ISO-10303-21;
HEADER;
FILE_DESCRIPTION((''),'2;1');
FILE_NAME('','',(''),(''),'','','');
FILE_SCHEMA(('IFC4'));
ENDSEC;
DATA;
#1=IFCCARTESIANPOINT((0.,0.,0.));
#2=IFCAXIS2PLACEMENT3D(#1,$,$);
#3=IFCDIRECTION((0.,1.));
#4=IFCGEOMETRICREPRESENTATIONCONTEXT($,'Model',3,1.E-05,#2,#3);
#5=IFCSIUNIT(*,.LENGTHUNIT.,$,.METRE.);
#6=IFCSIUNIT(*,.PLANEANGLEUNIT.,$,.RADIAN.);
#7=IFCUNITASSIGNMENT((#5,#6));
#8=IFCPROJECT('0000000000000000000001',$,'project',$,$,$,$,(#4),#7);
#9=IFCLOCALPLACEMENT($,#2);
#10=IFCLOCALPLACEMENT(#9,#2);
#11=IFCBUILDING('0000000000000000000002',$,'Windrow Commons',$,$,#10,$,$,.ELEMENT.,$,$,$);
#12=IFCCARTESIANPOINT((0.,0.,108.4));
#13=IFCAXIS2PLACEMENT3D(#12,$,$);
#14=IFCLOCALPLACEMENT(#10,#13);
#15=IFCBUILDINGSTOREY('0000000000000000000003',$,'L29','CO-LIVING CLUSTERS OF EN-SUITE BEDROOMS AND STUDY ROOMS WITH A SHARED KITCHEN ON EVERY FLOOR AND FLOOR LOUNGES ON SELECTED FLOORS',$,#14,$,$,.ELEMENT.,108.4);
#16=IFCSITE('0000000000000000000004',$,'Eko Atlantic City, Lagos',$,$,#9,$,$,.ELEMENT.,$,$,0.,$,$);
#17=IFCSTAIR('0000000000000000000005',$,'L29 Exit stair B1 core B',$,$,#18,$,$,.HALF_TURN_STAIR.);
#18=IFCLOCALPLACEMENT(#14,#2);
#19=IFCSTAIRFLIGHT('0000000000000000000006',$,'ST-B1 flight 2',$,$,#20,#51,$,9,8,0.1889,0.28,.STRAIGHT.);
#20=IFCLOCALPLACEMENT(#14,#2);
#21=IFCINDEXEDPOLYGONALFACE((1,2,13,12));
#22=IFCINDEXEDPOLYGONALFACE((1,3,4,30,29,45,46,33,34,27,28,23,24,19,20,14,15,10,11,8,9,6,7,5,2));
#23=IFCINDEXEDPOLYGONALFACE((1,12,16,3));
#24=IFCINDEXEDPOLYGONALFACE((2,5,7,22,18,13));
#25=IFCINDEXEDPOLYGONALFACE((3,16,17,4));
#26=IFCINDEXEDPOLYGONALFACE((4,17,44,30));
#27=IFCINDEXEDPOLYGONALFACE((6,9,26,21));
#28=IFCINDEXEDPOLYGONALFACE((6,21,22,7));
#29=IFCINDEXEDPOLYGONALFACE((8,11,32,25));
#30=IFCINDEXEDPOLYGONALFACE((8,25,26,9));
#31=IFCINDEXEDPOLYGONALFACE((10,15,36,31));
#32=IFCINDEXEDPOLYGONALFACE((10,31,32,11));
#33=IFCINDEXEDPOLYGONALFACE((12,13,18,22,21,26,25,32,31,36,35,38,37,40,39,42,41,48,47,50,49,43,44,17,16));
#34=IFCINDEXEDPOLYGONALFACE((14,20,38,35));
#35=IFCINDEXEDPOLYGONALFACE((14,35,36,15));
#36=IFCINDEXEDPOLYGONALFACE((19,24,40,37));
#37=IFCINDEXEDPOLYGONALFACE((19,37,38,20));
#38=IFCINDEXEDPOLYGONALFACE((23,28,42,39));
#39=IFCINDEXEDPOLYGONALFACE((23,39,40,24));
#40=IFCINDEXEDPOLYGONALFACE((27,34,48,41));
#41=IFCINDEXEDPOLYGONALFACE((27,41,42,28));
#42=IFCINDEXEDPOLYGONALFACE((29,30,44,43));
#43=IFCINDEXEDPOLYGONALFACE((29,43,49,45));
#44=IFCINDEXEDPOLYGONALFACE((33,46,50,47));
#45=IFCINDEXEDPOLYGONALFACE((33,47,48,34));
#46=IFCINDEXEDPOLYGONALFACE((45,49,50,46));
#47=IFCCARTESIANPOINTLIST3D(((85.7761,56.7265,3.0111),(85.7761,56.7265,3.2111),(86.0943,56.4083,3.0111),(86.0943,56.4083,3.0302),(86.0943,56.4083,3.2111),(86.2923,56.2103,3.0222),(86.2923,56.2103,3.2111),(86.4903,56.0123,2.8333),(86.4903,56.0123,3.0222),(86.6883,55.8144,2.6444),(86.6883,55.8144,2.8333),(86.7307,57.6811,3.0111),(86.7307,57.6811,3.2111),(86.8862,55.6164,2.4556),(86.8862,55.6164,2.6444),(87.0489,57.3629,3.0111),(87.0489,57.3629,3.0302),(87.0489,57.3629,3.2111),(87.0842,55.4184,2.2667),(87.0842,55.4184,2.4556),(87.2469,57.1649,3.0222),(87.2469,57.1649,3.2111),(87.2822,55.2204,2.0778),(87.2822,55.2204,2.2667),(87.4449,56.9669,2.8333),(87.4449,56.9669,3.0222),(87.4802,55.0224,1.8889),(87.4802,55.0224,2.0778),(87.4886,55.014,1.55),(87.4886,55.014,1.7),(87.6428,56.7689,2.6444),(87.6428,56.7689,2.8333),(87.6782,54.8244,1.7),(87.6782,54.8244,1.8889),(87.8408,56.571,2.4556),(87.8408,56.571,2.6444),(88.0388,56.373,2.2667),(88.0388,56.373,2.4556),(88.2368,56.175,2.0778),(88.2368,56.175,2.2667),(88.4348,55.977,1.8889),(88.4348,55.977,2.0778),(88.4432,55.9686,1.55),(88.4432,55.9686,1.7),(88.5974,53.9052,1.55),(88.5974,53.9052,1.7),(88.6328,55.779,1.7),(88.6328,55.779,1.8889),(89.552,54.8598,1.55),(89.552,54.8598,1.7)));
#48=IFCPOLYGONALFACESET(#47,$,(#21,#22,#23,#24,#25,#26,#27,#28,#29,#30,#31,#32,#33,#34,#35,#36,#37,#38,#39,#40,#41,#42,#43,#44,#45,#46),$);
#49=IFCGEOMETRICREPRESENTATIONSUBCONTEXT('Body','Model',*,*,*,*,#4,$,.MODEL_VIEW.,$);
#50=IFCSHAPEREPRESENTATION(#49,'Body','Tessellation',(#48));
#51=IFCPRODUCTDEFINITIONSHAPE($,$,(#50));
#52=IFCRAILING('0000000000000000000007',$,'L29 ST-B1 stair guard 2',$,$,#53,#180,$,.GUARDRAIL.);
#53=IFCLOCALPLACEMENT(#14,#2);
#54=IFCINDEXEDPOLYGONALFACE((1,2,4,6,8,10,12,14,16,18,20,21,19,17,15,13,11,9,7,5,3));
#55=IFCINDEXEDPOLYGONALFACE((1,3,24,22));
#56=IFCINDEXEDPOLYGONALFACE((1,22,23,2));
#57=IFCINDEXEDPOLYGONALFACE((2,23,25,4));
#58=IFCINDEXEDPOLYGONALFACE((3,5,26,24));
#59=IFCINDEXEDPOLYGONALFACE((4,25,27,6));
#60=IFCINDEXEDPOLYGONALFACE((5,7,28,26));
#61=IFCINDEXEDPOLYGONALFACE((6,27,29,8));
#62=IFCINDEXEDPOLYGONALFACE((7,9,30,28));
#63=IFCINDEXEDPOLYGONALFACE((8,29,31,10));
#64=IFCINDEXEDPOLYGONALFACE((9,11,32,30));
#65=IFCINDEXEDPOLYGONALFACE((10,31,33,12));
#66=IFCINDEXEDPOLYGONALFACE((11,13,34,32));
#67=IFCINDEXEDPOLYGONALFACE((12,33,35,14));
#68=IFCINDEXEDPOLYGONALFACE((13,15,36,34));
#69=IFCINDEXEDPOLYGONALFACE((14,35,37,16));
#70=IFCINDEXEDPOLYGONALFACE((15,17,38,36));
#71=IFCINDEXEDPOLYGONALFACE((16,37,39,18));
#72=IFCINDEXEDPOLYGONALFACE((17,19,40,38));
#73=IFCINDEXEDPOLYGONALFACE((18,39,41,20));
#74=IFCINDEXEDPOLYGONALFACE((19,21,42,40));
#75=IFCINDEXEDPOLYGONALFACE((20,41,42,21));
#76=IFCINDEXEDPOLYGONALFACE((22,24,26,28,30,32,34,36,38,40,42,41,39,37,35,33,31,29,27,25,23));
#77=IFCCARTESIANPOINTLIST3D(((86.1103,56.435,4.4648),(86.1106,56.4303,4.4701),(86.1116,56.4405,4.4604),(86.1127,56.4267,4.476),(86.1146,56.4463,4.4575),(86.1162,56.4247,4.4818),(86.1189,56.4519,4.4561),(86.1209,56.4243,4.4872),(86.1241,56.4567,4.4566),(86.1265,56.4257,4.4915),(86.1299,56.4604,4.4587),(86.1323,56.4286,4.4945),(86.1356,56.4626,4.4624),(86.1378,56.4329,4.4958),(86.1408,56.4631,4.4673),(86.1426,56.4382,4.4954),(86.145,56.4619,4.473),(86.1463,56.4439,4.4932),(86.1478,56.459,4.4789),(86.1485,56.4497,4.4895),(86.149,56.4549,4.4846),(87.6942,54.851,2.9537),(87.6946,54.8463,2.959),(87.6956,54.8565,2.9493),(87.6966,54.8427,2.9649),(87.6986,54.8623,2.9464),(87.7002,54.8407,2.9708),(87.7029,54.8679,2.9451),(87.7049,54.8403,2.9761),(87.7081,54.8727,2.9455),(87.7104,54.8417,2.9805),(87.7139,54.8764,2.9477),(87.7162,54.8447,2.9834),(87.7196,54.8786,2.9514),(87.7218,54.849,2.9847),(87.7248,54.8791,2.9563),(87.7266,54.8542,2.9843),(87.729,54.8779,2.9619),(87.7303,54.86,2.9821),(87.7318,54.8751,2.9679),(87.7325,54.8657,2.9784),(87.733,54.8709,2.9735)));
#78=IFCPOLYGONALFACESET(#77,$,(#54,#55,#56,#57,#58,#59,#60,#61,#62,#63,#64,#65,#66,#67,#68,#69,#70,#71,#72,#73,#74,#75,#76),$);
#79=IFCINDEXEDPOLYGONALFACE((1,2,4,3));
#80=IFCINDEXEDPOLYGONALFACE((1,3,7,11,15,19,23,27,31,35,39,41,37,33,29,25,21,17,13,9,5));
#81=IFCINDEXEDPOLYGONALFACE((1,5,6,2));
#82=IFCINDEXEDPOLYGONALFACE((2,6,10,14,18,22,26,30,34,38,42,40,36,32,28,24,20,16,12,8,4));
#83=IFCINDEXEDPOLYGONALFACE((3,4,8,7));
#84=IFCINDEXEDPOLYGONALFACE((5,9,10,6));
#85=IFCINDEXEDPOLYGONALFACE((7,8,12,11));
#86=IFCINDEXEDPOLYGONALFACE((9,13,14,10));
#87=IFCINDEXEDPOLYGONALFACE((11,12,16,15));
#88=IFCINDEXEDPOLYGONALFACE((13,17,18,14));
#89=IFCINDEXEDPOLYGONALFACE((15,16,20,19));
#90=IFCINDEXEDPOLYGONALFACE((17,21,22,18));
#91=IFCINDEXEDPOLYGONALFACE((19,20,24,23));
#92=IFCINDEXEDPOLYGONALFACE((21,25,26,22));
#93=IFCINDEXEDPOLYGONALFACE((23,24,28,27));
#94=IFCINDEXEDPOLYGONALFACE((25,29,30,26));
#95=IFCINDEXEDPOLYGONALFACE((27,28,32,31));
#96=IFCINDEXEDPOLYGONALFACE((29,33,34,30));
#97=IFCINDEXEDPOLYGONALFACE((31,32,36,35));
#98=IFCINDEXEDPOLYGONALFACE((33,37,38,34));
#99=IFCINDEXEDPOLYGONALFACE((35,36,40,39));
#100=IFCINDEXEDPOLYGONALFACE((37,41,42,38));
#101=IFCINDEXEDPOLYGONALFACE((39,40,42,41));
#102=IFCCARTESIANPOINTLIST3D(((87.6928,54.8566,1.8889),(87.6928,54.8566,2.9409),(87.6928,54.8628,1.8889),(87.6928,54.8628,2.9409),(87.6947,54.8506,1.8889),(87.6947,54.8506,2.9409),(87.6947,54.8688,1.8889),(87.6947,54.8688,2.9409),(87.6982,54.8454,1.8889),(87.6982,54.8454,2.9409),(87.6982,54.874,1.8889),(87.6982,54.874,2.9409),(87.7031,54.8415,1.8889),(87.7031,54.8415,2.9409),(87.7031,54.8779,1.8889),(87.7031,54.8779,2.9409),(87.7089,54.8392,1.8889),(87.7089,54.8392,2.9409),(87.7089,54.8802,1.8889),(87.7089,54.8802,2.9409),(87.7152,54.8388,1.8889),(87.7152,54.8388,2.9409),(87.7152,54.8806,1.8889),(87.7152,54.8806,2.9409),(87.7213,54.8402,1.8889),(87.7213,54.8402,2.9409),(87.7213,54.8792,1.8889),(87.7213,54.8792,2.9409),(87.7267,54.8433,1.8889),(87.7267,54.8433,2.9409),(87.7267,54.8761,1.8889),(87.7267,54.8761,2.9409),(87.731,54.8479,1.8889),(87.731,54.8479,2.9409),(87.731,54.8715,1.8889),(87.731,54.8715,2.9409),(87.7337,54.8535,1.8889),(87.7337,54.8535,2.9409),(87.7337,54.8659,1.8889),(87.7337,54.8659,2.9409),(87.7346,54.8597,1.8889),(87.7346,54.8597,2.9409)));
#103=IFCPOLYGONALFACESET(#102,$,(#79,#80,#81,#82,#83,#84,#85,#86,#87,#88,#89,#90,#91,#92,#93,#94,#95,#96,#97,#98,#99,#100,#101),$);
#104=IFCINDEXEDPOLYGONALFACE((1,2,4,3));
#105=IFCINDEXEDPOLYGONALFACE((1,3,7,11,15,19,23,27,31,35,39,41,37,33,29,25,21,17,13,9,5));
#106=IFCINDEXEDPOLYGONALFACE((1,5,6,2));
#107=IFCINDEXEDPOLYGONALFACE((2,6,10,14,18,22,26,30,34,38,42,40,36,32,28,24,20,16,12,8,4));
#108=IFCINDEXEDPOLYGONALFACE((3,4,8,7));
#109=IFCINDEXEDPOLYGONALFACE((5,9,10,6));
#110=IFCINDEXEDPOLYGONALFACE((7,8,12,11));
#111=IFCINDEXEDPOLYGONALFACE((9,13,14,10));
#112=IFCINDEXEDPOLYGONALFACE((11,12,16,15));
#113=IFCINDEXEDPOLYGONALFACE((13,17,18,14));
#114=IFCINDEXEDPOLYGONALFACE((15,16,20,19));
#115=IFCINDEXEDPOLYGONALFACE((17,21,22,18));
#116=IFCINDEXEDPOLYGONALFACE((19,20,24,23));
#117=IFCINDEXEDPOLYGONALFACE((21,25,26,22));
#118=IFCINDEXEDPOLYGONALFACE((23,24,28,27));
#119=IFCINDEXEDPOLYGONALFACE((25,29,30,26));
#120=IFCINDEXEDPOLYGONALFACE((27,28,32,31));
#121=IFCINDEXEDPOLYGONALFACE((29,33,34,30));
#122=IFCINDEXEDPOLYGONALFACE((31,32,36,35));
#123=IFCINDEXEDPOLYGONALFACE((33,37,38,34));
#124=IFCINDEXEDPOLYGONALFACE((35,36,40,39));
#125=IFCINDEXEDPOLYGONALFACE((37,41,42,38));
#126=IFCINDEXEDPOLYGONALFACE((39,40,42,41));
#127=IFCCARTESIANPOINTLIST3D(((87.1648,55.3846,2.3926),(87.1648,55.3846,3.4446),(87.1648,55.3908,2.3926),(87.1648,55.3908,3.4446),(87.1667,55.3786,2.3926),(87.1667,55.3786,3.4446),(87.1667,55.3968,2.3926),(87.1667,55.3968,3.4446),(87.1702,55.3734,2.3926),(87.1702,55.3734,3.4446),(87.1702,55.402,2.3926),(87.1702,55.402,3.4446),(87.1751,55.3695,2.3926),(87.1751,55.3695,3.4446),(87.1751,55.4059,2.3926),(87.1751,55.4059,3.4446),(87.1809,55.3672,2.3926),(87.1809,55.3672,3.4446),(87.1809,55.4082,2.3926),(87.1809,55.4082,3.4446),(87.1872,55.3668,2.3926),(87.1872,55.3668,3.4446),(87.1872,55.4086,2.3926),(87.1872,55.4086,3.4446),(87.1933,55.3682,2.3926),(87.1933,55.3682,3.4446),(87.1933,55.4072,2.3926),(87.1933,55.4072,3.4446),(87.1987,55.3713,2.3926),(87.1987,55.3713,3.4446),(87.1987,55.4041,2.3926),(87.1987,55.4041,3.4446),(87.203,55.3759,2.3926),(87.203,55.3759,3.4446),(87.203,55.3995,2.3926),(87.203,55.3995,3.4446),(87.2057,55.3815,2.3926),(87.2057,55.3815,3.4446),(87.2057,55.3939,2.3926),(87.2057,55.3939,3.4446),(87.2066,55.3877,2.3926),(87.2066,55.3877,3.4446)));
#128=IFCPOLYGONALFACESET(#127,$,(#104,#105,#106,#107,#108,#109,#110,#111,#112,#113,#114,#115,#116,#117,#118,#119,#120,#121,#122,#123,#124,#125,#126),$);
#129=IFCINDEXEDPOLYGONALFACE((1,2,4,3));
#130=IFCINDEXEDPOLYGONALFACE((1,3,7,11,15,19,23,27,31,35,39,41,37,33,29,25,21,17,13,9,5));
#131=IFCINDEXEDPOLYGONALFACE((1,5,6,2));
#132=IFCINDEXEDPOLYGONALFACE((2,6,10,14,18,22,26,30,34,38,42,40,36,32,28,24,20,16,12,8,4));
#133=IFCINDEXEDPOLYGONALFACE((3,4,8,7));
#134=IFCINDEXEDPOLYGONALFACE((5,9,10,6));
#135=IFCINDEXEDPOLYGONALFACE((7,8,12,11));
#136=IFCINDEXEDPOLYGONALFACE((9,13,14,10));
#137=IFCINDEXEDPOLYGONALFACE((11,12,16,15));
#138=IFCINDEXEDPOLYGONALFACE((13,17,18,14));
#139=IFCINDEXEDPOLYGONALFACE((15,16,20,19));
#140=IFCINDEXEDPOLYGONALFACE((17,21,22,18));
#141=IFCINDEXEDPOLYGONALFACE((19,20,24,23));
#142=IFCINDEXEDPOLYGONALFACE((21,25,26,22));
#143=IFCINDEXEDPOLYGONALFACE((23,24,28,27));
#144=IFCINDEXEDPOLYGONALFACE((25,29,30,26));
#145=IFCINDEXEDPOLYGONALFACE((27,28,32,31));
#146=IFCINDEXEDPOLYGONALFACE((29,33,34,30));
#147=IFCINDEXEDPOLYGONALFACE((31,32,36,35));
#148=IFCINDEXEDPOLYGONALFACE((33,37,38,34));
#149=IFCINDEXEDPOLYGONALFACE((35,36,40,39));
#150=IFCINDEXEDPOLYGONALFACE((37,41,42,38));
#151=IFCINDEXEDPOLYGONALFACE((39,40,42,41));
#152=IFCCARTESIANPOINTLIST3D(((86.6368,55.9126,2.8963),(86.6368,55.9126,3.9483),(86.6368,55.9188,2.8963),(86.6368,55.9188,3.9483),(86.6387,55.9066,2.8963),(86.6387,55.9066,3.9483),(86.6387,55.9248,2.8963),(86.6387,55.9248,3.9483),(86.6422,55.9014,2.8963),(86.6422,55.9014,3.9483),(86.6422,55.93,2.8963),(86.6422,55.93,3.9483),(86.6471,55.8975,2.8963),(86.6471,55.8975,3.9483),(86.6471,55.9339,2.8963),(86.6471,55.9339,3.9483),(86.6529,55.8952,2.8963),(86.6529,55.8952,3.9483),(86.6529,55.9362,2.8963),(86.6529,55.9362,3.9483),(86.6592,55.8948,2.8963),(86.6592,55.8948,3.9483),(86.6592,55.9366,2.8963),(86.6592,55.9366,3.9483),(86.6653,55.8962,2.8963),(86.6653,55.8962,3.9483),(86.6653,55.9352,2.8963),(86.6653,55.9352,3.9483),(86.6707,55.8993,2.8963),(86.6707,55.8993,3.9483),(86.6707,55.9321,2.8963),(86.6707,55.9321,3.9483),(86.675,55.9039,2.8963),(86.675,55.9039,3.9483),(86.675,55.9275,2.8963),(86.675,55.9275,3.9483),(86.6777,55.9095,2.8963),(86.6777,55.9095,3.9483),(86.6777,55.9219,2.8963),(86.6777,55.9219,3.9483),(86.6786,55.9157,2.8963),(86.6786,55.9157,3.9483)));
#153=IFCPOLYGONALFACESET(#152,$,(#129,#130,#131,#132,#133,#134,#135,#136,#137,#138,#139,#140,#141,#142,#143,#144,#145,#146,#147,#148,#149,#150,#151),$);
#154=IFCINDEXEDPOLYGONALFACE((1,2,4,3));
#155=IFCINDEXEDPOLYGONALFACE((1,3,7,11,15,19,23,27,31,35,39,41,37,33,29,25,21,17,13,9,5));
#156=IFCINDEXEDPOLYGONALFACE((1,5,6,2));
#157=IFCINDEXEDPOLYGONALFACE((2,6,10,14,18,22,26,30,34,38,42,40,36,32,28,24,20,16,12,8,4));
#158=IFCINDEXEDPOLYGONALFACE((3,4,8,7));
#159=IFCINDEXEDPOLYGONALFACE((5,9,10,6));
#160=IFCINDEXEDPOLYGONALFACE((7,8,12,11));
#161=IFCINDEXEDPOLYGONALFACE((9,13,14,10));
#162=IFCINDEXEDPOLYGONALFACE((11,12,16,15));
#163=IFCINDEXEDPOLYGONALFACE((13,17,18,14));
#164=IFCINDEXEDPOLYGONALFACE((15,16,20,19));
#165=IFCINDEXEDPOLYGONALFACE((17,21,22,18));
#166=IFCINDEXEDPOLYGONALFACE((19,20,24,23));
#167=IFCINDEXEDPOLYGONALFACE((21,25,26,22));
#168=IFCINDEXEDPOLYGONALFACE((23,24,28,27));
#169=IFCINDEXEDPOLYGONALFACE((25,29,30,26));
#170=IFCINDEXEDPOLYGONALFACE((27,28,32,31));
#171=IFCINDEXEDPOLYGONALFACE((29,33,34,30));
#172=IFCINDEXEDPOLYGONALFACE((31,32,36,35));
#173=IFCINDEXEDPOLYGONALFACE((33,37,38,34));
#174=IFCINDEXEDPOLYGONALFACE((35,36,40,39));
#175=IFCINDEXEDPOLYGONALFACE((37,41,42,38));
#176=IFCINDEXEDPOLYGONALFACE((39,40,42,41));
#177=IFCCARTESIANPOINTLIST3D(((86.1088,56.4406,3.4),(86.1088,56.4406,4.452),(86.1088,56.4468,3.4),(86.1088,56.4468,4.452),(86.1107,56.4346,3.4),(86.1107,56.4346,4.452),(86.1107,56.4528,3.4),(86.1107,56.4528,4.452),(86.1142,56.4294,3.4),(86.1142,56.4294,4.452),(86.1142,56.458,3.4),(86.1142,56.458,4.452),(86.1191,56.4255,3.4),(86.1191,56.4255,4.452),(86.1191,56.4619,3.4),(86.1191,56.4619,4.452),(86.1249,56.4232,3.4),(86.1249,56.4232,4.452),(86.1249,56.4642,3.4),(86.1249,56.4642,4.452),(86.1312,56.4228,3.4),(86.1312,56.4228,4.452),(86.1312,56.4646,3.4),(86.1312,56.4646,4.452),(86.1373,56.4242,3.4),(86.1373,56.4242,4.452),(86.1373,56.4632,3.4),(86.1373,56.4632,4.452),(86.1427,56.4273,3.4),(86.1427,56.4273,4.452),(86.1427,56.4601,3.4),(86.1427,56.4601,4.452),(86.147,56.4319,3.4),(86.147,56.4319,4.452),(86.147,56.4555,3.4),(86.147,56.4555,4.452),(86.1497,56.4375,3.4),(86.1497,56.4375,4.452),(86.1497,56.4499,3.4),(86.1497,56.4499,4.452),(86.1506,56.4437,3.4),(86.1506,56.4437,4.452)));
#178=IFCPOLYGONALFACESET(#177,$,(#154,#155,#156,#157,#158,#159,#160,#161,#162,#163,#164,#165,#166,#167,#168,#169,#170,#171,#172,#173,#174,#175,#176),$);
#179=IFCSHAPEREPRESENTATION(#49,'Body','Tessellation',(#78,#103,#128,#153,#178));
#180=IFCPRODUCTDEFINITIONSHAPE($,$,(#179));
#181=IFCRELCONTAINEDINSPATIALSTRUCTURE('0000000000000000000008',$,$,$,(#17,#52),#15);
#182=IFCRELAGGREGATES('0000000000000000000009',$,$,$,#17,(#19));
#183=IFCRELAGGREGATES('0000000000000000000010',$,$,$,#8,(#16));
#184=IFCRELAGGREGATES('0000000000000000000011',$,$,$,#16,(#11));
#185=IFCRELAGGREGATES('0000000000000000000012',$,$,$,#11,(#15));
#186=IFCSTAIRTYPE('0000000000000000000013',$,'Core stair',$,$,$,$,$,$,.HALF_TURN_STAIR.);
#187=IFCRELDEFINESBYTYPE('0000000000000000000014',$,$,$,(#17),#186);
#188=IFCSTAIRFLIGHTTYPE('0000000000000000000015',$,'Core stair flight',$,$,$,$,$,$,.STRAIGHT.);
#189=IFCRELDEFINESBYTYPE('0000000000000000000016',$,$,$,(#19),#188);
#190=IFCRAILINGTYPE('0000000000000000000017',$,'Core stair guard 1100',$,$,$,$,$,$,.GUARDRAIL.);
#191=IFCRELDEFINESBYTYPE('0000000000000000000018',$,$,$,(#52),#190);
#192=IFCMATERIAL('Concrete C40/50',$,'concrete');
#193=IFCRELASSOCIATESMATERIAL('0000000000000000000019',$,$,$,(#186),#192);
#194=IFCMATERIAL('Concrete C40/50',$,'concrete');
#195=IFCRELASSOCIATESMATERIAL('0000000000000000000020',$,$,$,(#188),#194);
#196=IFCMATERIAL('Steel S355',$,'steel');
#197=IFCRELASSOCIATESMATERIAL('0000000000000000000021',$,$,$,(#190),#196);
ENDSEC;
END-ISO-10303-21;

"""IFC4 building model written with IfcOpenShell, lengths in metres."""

from ifc_helpers import new_model, si_unit, direction, frame, origin, origin_2d, place, context, subcontext, project, spatial, polyline, circle, outline, extrude, material, type_object, element, aggregate, save


model = new_model("IFC4")

# Units and contexts
model_context = context("Model", 3, precision=1e-05, world=origin(), true_north=direction((0.0, 1.0)))
body_context = subcontext(model_context, "Body", "Model", "MODEL_VIEW")
ifc_project = project(units=[si_unit("LENGTHUNIT", "METRE"), si_unit("PLANEANGLEUNIT", "RADIAN")], contexts=[model_context])

# Site, building, storey
site_placement = place(None, origin())
site = spatial("IfcSite", under=ifc_project, at=site_placement, Name="Eko Atlantic City, Lagos", CompositionType="ELEMENT", RefElevation=0.0)
building_placement = place(site_placement, origin())
building = spatial("IfcBuilding", under=site, at=building_placement, Name="Windrow Commons", CompositionType="ELEMENT")
storey_placement = place(building_placement, frame((0.0, 0.0, 108.4)))
storey = spatial("IfcBuildingStorey", under=building, at=storey_placement, Name="L29", Description="CO-LIVING CLUSTERS OF EN-SUITE BEDROOMS AND STUDY ROOMS WITH A SHARED KITCHEN ON EVERY FLOOR AND FLOOR LOUNGES ON SELECTED FLOORS", CompositionType="ELEMENT", Elevation=108.4)

# Stair, stair flight
ifc_material_1 = material(Name="Concrete C40/50", Category="concrete")
stair_type = type_object("IfcStairType", Name="Core stair", PredefinedType="HALF_TURN_STAIR", material=ifc_material_1)
stair_placement = place(storey_placement, origin())
stair = element("IfcStair", 1, at=stair_placement, inside=storey, type_object=stair_type, Name="L29 Exit stair B1 core B", PredefinedType="HALF_TURN_STAIR")
ifc_material_2 = material(Name="Concrete C40/50", Category="concrete")
stair_flight_type = type_object("IfcStairFlightType", Name="Core stair flight", PredefinedType="STRAIGHT", material=ifc_material_2)
stair_flight_placement = place(storey_placement, frame((88.1555, 55.3017, 1.7), z_axis=(0.0, 0.0, 1.0), x_axis=(-0.707107, 0.707107, 0.0)))
stair_flight = element("IfcStairFlight", 2, at=stair_flight_placement, type_object=stair_flight_type, Name="ST-B1 flight 2", NumberOfRisers=9, NumberOfTreads=8, PredefinedType="STRAIGHT", RiserHeight=0.1889, TreadLength=0.28, context=body_context, shape_type="SweptSolid", body=[
    extrude(outline(polyline([(-1.3, -0.15), (-1.3, 0.0), (0.0, 0.0), (0.0, 0.1889), (0.28, 0.1889), (0.28, 0.3778), (0.56, 0.3778), (0.56, 0.5667), (0.84, 0.5667), (0.84, 0.7556), (1.12, 0.7556), (1.12, 0.9444), (1.4, 0.9444), (1.4, 1.1333), (1.68, 1.1333), (1.68, 1.3222), (1.96, 1.3222), (1.96, 1.5111), (2.24, 1.5111), (2.69, 1.5111), (2.69, 1.3111), (2.24, 1.3111), (2.24, 1.3302), (0.2682, 0.0), (0.2682, -0.15), (-1.3, -0.15)])), frame((0.0, 0.675, 0.0), z_axis=(0.0, -1.0, 0.0), x_axis=(1.0, 0.0, 0.0)), (0.0, 0.0, 1.0), 1.35),
])
aggregate(stair, [stair_flight])

# Railing
ifc_material_3 = material(Name="Steel S355", Category="steel")
railing_type_1 = type_object("IfcRailingType", Name="Core stair guard 1100", PredefinedType="GUARDRAIL", material=ifc_material_3)
railing_1_placement = place(storey_placement, frame((87.7136, 54.8597, 1.8889)))
element("IfcRailing", 3, at=railing_1_placement, inside=storey, type_object=railing_type_1, Name="L29 ST-B1 stair guard 2", PredefinedType="GUARDRAIL", context=body_context, shape_type="SweptSolid", body=[
    extrude(circle(Radius=0.024, at=origin_2d()), frame((0.0, 0.0, 1.076), z_axis=(-0.586203, 0.586203, 0.559224), x_axis=(-0.707107, -0.707107, 0.0)), (0.0, 0.0, 1.0), 2.7021),
    extrude(circle(Radius=0.021, at=origin_2d()), origin(), (0.0, 0.0, 1.0), 1.052),
    extrude(circle(Radius=0.021, at=origin_2d()), frame((-0.528, 0.528, 0.5037)), (0.0, 0.0, 1.0), 1.052),
    extrude(circle(Radius=0.021, at=origin_2d()), frame((-1.056, 1.056, 1.0074)), (0.0, 0.0, 1.0), 1.052),
    extrude(circle(Radius=0.021, at=origin_2d()), frame((-1.584, 1.584, 1.5111)), (0.0, 0.0, 1.0), 1.052),
])

save(model, "model.ifc")
